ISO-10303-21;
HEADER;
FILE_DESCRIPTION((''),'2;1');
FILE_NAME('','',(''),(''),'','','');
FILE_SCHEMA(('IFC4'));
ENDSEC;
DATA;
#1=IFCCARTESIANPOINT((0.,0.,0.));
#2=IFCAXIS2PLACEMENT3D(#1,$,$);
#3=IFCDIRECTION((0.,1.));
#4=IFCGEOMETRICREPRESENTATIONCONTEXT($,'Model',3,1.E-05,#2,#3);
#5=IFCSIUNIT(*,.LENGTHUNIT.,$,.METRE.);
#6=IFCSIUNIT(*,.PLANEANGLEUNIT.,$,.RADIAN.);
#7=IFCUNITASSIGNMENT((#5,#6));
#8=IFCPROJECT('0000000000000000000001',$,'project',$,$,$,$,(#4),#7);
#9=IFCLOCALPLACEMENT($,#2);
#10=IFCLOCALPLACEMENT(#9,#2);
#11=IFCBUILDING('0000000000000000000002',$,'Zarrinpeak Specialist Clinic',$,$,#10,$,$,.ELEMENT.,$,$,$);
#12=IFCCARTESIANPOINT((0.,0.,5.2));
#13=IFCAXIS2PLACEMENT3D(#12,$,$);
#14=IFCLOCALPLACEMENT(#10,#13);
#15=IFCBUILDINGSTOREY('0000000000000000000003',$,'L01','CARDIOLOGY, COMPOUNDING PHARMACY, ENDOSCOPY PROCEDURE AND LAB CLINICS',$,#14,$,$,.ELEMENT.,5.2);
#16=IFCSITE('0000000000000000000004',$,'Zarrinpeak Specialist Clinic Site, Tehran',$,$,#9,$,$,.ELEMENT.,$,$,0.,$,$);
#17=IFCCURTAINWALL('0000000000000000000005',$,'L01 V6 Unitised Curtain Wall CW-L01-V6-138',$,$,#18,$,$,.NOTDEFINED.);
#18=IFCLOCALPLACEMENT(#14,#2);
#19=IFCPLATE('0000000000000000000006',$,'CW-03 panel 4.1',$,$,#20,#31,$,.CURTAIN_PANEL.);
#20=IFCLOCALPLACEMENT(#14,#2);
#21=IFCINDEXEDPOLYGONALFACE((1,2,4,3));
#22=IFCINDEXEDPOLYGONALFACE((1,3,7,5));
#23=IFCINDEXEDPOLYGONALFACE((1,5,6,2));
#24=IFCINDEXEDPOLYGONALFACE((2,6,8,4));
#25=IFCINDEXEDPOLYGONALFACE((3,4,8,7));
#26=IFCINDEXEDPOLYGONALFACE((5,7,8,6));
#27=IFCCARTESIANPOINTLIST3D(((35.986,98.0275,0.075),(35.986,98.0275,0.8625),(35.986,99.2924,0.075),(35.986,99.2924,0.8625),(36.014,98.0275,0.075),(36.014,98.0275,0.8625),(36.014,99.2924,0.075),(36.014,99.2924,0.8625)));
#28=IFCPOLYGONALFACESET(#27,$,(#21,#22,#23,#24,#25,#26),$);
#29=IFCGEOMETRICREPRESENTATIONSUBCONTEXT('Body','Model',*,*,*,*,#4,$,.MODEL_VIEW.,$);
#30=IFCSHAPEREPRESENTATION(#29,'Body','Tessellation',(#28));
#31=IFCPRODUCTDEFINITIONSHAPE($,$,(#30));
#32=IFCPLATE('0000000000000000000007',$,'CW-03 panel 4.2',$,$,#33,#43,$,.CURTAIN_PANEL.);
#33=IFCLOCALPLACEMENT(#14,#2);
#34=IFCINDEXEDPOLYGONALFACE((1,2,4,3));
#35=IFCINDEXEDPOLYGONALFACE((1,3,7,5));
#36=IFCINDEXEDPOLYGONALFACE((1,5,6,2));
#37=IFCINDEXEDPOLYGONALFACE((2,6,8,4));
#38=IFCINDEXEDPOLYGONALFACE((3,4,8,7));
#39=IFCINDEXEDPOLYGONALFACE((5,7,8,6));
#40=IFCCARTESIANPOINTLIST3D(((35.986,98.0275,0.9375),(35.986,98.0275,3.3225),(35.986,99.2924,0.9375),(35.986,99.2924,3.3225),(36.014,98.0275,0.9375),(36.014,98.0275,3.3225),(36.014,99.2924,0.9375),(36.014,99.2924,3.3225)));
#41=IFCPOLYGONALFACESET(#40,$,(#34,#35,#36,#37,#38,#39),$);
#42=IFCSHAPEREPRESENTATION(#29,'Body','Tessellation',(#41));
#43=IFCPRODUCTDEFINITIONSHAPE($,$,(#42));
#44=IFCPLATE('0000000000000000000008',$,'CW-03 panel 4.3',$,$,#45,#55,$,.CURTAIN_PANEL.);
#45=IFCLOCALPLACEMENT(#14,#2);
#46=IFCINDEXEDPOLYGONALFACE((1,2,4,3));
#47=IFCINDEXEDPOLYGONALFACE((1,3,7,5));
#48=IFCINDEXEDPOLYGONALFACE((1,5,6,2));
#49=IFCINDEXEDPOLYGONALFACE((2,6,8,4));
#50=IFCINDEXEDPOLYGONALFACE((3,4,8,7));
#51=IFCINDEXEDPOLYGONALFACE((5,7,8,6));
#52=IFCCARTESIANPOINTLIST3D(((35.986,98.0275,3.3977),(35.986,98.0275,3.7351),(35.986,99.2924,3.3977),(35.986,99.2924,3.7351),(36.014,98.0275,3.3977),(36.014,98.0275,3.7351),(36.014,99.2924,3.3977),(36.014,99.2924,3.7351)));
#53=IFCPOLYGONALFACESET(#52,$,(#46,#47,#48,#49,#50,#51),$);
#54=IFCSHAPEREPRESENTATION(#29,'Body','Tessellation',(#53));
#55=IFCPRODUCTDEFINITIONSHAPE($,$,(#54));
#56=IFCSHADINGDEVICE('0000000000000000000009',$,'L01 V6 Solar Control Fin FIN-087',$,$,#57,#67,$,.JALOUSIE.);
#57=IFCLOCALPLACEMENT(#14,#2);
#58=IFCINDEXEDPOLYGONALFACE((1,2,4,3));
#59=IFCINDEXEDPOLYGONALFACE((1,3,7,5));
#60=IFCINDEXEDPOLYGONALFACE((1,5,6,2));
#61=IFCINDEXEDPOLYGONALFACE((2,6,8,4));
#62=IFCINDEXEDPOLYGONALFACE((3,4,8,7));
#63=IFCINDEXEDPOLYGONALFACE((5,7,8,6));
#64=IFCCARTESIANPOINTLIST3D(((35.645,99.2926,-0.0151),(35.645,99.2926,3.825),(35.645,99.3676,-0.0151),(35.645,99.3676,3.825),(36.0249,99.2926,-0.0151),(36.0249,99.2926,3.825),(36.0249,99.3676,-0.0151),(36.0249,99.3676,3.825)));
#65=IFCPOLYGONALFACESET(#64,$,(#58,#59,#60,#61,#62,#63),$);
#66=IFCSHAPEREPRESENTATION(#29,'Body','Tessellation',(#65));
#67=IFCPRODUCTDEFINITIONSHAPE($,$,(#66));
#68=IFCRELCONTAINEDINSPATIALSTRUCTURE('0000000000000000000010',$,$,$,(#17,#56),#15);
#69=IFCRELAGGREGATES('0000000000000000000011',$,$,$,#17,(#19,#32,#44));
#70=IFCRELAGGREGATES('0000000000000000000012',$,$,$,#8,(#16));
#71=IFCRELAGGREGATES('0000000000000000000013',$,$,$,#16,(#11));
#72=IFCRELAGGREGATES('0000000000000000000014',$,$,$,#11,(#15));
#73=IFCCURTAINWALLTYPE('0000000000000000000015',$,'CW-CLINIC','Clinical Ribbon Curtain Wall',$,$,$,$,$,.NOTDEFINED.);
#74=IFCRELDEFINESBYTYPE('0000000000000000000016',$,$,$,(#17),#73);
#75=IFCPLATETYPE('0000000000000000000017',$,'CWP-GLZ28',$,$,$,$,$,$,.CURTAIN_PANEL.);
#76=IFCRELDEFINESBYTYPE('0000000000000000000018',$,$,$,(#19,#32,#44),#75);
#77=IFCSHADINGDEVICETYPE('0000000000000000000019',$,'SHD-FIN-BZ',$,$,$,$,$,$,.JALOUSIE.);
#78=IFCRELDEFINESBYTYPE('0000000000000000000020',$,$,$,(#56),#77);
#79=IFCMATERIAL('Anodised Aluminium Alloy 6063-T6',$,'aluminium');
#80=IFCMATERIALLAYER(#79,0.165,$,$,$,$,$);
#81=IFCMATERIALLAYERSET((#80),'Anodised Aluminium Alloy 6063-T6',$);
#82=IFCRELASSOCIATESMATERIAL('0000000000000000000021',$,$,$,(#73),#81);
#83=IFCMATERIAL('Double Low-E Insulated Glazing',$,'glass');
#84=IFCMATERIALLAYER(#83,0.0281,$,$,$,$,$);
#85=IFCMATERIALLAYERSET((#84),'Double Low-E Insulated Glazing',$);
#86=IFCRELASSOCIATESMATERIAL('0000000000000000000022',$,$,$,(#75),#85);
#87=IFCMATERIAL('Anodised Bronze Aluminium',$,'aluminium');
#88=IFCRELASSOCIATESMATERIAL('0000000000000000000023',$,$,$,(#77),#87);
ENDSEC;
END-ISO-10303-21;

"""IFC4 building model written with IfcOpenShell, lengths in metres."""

from ifc_helpers import new_model, si_unit, direction, frame, origin, origin_2d, place, context, subcontext, project, spatial, rectangle, extrude, material, layer, layer_set, type_object, element, aggregate, save


model = new_model("IFC4")

# Units and contexts
model_context = context("Model", 3, precision=1e-05, world=origin(), true_north=direction((0.0, 1.0)))
body_context = subcontext(model_context, "Body", "Model", "MODEL_VIEW")
ifc_project = project(units=[si_unit("LENGTHUNIT", "METRE"), si_unit("PLANEANGLEUNIT", "RADIAN")], contexts=[model_context])

# Site, building, storey
site_placement = place(None, origin())
site = spatial("IfcSite", under=ifc_project, at=site_placement, Name="Zarrinpeak Specialist Clinic Site, Tehran", CompositionType="ELEMENT", RefElevation=0.0)
building_placement = place(site_placement, origin())
building = spatial("IfcBuilding", under=site, at=building_placement, Name="Zarrinpeak Specialist Clinic", CompositionType="ELEMENT")
storey_placement = place(building_placement, frame((0.0, 0.0, 5.2)))
storey = spatial("IfcBuildingStorey", under=building, at=storey_placement, Name="L01", Description="CARDIOLOGY, COMPOUNDING PHARMACY, ENDOSCOPY PROCEDURE AND LAB CLINICS", CompositionType="ELEMENT", Elevation=5.2)

# Curtain wall, plates
ifc_material_1 = material(Name="Anodised Aluminium Alloy 6063-T6", Category="aluminium")
ifc_layer_1 = layer(ifc_material_1, 0.165)
ifc_layer_set_1 = layer_set([ifc_layer_1], Name="Anodised Aluminium Alloy 6063-T6")
curtain_wall_type = type_object("IfcCurtainWallType", Name="CW-CLINIC", Description="Clinical Ribbon Curtain Wall", PredefinedType="NOTDEFINED", material=ifc_layer_set_1)
curtain_wall_placement = place(storey_placement, origin())
curtain_wall = element("IfcCurtainWall", 1, at=curtain_wall_placement, inside=storey, type_object=curtain_wall_type, Name="L01 V6 Unitised Curtain Wall CW-L01-V6-138", PredefinedType="NOTDEFINED")
ifc_material_2 = material(Name="Double Low-E Insulated Glazing", Category="glass")
ifc_layer_2 = layer(ifc_material_2, 0.0281)
ifc_layer_set_2 = layer_set([ifc_layer_2], Name="Double Low-E Insulated Glazing")
plate_type = type_object("IfcPlateType", Name="CWP-GLZ28", PredefinedType="CURTAIN_PANEL", material=ifc_layer_set_2)
plate_1_placement = place(storey_placement, frame((36.0, 98.6599, 0.075), z_axis=(0.0, 0.0, 1.0), x_axis=(0.0, -1.0, 0.0)))
plate_1 = element("IfcPlate", 2, at=plate_1_placement, type_object=plate_type, Name="CW-03 panel 4.1", PredefinedType="CURTAIN_PANEL", context=body_context, shape_type="SweptSolid", body=[
    extrude(rectangle(XDim=1.2649, YDim=0.0281, at=origin_2d()), origin(), (0.0, 0.0, 1.0), 0.7876),
])
plate_2_placement = place(storey_placement, frame((36.0, 98.6599, 0.9375), z_axis=(0.0, 0.0, 1.0), x_axis=(0.0, -1.0, 0.0)))
plate_2 = element("IfcPlate", 3, at=plate_2_placement, type_object=plate_type, Name="CW-03 panel 4.2", PredefinedType="CURTAIN_PANEL", context=body_context, shape_type="SweptSolid", body=[
    extrude(rectangle(XDim=1.2649, YDim=0.0281, at=origin_2d()), origin(), (0.0, 0.0, 1.0), 2.385),
])
plate_3_placement = place(storey_placement, frame((36.0, 98.6599, 3.3977), z_axis=(0.0, 0.0, 1.0), x_axis=(0.0, -1.0, 0.0)))
plate_3 = element("IfcPlate", 4, at=plate_3_placement, type_object=plate_type, Name="CW-03 panel 4.3", PredefinedType="CURTAIN_PANEL", context=body_context, shape_type="SweptSolid", body=[
    extrude(rectangle(XDim=1.2649, YDim=0.0281, at=origin_2d()), origin(), (0.0, 0.0, 1.0), 0.3374),
])
aggregate(curtain_wall, [plate_1, plate_2, plate_3])

# Shading device
ifc_material_3 = material(Name="Anodised Bronze Aluminium", Category="aluminium")
shading_device_type = type_object("IfcShadingDeviceType", Name="SHD-FIN-BZ", PredefinedType="JALOUSIE", material=ifc_material_3)
shading_device_placement = place(storey_placement, frame((35.835, 99.3301, -0.0151), z_axis=(0.0, 0.0, 1.0), x_axis=(1.0, 0.0, 0.0)))
element("IfcShadingDevice", 5, at=shading_device_placement, inside=storey, type_object=shading_device_type, Name="L01 V6 Solar Control Fin FIN-087", PredefinedType="JALOUSIE", context=body_context, shape_type="SweptSolid", body=[
    extrude(rectangle(XDim=0.3799, YDim=0.075, at=origin_2d()), origin(), (0.0, 0.0, 1.0), 3.8401),
])

save(model, "model.ifc")
